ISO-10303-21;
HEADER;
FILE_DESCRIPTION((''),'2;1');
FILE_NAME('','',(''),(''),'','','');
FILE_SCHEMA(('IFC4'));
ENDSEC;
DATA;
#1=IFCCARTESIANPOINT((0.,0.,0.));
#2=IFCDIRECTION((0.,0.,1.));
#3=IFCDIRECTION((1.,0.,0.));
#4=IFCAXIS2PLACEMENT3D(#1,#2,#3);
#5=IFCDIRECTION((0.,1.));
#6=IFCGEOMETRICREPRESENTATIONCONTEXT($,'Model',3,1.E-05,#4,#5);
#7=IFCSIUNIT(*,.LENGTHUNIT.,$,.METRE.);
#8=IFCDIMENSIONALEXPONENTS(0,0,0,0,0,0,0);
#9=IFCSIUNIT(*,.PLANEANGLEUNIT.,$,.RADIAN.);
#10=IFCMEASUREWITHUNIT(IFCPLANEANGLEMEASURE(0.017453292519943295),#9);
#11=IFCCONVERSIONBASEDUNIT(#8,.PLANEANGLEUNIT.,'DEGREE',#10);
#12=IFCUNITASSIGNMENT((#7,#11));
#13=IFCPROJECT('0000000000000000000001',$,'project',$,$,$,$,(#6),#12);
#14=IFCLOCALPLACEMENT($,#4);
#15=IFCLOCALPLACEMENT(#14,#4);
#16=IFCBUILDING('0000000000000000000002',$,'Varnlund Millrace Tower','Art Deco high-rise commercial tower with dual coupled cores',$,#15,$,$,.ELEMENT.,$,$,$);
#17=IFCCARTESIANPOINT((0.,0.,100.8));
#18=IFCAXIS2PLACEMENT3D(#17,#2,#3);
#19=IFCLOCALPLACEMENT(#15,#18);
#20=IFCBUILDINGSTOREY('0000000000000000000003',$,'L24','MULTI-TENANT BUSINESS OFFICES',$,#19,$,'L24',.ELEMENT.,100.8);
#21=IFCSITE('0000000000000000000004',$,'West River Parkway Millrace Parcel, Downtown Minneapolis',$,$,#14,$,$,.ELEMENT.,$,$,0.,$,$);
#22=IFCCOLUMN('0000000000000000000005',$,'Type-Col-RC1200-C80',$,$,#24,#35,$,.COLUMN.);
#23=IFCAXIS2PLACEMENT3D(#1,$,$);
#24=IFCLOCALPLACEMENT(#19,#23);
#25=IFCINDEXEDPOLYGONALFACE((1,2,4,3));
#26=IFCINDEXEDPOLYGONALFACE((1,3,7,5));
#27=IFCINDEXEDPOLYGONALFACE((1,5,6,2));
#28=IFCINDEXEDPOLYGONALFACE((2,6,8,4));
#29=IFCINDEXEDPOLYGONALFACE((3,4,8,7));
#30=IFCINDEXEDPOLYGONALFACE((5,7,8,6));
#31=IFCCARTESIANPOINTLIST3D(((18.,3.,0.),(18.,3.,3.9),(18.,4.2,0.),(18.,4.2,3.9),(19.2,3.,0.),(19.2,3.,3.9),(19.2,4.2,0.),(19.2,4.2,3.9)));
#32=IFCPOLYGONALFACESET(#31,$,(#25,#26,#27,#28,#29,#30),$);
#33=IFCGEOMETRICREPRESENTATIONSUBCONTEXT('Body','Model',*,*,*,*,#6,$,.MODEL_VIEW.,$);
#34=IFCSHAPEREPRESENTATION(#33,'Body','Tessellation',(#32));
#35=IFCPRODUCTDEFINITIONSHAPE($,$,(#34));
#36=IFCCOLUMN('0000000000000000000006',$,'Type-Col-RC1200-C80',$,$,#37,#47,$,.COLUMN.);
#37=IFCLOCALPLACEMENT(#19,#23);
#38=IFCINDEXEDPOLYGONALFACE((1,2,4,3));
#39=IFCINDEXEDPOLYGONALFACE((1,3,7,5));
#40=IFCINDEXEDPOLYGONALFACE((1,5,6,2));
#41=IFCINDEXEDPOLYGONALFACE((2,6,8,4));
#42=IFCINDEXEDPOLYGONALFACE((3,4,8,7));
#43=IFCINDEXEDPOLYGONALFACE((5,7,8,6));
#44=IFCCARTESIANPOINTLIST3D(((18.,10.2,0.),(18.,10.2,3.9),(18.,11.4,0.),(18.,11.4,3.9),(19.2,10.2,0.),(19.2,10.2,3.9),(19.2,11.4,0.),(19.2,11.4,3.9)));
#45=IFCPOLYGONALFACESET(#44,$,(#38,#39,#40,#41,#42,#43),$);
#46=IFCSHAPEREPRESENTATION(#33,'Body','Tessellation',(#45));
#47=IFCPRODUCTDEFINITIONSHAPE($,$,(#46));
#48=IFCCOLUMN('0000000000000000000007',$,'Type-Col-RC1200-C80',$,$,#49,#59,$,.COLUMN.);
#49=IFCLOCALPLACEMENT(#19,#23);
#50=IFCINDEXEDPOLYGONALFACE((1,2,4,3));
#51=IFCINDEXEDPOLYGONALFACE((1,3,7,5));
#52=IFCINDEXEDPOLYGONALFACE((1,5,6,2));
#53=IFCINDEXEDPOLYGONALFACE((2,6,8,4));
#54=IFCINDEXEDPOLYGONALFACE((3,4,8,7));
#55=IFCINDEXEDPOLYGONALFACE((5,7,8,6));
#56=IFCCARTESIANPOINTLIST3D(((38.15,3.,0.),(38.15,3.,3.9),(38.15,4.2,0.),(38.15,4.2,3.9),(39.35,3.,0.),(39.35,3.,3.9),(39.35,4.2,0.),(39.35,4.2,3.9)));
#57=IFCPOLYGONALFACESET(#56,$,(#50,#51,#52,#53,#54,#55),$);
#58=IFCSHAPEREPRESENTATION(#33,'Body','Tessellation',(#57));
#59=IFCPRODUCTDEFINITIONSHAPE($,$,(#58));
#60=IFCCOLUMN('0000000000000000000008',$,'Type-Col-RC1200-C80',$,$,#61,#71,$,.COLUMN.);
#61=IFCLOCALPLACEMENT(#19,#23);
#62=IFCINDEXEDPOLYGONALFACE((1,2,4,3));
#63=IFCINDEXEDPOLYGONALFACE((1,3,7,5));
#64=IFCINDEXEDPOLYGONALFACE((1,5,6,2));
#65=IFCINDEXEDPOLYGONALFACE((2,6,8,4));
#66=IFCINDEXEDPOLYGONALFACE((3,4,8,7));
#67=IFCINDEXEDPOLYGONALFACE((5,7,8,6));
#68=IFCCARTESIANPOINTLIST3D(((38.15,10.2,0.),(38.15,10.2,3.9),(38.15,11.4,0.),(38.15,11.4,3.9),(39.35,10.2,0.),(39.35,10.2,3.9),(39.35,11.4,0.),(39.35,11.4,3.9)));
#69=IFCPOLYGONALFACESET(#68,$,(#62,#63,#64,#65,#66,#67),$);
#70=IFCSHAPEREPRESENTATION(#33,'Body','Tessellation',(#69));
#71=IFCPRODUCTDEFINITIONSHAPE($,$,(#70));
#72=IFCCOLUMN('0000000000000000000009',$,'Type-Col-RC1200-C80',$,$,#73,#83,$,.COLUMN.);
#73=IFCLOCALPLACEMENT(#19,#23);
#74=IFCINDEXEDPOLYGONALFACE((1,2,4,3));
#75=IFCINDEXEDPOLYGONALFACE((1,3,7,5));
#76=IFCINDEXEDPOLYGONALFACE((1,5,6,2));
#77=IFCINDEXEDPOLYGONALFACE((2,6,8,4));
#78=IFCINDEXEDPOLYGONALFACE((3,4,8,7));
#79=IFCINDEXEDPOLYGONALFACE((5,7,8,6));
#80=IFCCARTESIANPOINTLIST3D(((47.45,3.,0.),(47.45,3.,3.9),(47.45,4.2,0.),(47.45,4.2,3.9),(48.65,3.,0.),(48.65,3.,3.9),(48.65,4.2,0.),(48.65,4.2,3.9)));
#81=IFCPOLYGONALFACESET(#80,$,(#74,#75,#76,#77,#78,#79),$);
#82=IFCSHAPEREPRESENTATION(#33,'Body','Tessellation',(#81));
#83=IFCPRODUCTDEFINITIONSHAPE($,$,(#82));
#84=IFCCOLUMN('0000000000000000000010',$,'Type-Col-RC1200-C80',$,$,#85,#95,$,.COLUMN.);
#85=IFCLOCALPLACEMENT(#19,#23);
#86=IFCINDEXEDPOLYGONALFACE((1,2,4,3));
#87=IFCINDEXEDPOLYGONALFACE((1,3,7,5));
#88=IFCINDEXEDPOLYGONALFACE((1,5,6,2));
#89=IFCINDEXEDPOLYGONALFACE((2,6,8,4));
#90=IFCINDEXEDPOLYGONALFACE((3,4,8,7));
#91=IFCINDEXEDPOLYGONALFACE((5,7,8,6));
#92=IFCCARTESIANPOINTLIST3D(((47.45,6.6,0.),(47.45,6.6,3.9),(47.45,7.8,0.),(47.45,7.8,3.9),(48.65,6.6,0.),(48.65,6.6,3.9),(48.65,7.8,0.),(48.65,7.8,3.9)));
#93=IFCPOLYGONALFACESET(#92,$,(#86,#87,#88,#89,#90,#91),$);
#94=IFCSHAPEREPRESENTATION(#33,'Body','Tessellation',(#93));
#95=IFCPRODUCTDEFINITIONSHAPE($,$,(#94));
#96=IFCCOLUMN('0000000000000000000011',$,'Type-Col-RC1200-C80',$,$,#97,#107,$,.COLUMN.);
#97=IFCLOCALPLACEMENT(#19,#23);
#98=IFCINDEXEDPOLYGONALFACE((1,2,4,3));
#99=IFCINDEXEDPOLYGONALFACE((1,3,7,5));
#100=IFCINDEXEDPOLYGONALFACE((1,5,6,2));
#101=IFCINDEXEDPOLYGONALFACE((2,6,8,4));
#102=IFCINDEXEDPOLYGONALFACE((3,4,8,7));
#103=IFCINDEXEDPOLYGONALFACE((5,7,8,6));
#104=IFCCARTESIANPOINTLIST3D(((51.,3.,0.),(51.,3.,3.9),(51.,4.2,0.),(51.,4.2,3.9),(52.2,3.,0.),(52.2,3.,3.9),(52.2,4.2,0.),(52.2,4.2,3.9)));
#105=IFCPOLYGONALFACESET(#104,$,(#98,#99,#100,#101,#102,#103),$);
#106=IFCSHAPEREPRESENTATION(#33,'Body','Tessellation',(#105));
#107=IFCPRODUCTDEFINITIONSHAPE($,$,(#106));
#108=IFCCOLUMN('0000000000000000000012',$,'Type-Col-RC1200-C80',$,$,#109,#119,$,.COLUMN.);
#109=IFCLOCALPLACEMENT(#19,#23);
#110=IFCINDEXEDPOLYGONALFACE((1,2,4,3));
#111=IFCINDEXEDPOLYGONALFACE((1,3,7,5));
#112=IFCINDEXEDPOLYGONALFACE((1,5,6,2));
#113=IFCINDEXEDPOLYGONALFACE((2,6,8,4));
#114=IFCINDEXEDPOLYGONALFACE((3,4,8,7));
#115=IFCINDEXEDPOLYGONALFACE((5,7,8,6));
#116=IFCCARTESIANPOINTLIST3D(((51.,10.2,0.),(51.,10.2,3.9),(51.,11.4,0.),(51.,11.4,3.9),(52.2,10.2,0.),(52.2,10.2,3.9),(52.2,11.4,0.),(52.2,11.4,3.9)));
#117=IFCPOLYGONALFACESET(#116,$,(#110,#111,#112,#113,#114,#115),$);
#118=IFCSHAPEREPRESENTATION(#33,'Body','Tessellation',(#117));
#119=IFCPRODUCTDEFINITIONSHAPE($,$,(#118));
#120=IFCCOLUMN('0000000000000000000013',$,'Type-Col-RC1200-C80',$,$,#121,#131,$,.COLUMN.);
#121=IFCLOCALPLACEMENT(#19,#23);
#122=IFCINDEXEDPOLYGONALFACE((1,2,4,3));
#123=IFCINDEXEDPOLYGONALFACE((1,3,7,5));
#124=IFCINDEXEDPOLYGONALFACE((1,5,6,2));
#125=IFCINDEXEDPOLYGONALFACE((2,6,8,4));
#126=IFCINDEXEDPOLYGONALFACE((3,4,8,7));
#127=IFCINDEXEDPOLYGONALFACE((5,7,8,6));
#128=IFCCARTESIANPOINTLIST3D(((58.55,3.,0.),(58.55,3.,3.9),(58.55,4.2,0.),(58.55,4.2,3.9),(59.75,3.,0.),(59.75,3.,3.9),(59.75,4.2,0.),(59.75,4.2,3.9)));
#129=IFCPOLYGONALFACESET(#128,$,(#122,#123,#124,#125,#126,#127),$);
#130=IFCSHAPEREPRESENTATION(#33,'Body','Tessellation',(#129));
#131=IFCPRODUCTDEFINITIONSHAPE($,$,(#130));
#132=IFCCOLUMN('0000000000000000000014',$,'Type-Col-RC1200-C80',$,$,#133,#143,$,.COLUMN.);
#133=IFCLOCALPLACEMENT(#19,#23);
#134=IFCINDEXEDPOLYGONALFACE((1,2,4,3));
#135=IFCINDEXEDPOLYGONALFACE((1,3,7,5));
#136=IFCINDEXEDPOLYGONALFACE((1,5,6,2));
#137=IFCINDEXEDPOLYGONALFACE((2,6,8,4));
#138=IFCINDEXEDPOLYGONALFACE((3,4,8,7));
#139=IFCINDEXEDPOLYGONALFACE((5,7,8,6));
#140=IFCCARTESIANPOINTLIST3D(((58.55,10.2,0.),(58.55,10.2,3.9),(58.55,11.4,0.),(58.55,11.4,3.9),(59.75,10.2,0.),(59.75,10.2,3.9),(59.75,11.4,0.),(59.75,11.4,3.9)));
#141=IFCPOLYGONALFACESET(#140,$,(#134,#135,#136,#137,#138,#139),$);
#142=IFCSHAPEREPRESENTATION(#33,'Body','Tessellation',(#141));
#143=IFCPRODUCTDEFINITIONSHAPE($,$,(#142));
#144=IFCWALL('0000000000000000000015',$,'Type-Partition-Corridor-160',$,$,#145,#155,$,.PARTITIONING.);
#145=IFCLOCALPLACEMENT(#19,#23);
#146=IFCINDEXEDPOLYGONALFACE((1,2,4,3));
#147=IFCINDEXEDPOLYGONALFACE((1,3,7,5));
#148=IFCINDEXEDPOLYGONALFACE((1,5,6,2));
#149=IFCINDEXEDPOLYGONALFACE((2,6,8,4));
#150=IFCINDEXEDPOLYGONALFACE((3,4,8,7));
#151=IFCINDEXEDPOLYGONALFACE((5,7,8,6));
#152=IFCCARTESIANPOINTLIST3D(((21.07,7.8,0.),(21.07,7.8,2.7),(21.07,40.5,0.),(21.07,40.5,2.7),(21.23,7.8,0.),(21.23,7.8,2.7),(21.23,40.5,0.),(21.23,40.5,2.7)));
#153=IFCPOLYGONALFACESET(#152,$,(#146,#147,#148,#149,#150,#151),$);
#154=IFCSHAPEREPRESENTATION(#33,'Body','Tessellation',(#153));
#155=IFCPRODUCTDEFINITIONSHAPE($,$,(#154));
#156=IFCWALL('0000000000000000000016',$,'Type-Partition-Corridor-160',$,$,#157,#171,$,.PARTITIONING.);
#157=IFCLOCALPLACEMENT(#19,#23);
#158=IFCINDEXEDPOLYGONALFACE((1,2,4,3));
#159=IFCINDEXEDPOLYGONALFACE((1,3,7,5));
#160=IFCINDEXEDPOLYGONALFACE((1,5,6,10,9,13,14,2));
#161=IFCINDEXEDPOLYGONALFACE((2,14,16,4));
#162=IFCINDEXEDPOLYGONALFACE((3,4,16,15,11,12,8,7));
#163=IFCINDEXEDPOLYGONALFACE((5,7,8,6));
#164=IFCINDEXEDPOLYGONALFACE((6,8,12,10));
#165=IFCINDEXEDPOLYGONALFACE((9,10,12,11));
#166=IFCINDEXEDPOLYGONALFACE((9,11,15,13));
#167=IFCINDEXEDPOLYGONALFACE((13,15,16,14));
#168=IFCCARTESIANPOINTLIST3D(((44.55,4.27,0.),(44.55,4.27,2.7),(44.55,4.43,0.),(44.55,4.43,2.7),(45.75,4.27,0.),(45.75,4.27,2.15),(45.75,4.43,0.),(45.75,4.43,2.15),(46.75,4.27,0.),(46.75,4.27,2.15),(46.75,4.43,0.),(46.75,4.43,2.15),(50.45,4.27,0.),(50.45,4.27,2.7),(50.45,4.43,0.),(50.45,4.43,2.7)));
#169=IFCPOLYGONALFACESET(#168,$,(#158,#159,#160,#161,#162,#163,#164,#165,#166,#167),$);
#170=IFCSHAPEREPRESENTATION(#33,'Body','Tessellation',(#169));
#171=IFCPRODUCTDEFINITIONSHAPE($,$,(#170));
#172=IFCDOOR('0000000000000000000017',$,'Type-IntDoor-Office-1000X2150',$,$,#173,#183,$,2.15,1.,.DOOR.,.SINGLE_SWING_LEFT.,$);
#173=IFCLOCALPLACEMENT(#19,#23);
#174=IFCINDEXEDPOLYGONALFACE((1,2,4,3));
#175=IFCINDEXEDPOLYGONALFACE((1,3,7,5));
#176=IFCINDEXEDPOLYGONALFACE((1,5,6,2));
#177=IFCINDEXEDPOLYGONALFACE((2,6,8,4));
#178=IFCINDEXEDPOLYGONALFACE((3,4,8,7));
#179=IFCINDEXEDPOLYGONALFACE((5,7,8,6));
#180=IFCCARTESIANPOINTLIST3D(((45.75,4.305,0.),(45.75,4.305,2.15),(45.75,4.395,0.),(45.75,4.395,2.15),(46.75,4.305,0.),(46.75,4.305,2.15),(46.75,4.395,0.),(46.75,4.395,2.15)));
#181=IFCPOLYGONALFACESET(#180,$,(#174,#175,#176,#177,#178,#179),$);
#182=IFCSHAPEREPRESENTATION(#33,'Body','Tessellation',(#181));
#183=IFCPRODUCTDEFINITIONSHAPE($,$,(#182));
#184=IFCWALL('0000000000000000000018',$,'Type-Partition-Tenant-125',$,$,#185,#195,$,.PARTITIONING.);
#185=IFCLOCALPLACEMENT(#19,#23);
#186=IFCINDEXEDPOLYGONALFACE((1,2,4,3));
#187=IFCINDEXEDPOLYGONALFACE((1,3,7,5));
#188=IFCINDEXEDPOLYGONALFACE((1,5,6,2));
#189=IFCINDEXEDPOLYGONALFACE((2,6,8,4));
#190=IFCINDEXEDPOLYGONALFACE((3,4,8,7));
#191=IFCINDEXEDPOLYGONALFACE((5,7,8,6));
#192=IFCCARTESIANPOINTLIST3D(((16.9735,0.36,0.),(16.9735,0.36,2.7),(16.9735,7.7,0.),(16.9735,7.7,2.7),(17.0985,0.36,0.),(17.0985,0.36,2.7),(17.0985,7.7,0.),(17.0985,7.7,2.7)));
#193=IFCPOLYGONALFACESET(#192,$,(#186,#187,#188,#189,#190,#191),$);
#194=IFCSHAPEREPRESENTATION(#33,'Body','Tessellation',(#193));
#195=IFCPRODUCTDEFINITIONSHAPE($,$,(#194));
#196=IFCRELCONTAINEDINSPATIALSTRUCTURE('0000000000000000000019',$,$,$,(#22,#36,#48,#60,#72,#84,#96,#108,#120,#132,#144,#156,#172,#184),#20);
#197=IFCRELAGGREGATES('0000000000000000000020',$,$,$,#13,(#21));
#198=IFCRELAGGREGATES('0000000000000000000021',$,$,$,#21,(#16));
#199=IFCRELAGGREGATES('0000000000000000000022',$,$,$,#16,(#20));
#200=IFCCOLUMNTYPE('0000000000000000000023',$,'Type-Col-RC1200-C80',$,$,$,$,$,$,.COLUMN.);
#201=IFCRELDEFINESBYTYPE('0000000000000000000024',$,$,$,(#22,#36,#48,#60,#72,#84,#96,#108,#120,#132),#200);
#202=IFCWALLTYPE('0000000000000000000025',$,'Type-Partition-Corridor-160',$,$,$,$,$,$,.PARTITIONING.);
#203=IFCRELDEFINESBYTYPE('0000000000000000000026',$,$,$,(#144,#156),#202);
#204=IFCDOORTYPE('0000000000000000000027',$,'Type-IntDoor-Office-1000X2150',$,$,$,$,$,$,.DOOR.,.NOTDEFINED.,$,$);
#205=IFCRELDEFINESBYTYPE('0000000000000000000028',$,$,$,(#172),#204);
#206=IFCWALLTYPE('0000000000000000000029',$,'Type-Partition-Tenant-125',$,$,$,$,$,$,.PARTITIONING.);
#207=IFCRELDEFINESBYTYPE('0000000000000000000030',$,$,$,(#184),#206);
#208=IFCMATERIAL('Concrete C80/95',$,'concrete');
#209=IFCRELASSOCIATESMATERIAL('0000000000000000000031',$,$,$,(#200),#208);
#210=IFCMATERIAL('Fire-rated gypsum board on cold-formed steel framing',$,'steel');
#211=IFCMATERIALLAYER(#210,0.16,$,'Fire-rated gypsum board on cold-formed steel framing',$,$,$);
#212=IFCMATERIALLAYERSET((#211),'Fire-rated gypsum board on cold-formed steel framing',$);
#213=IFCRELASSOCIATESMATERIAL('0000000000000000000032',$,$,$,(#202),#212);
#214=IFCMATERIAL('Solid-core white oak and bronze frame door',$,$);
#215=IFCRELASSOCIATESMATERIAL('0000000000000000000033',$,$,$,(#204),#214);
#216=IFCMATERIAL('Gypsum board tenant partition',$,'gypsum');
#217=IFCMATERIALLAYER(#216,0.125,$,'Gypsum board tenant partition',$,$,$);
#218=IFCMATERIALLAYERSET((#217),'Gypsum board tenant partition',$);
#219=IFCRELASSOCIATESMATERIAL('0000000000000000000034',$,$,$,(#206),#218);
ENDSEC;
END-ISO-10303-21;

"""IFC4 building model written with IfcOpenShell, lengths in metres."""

from ifc_helpers import new_model, entity, si_unit, converted_unit, direction, frame, origin_with_axes, origin_2d_with_axis, place, context, subcontext, project, spatial, polyline, rectangle, outline, extrude, material, layer, layer_set, material_profile, profile_set, type_object, element, fill, save


model = new_model("IFC4")

# Units and contexts
model_context = context("Model", 3, precision=1e-05, world=origin_with_axes(), true_north=direction((0.0, 1.0)))
body_context = subcontext(model_context, "Body", "Model", "MODEL_VIEW")
ifc_project = project(units=[si_unit("LENGTHUNIT", "METRE"), converted_unit("PLANEANGLEUNIT", "DEGREE", entity("IfcPlaneAngleMeasure", 0.017453292519943295), si_unit("PLANEANGLEUNIT", "RADIAN"), dimensions=[0, 0, 0, 0, 0, 0, 0])], contexts=[model_context])

# Site, building, storey
site_placement = place(None, origin_with_axes())
site = spatial("IfcSite", under=ifc_project, at=site_placement, Name="West River Parkway Millrace Parcel, Downtown Minneapolis", CompositionType="ELEMENT", RefElevation=0.0)
building_placement = place(site_placement, origin_with_axes())
building = spatial("IfcBuilding", under=site, at=building_placement, Name="Varnlund Millrace Tower", Description="Art Deco high-rise commercial tower with dual coupled cores", CompositionType="ELEMENT")
storey_placement = place(building_placement, frame((0.0, 0.0, 100.8), z_axis=(0.0, 0.0, 1.0), x_axis=(1.0, 0.0, 0.0)))
storey = spatial("IfcBuildingStorey", under=building, at=storey_placement, Name="L24", Description="MULTI-TENANT BUSINESS OFFICES", LongName="L24", CompositionType="ELEMENT", Elevation=100.8)

# Columns
ifc_material_1 = material(Name="Concrete C80/95", Category="concrete")
ifc_material_profile = material_profile(ifc_material_1, rectangle(XDim=1.2, YDim=1.2, at=origin_2d_with_axis()), Name="Concrete C80/95")
ifc_profile_set = profile_set([ifc_material_profile], Name="Concrete C80/95")
column_type = type_object("IfcColumnType", Name="Type-Col-RC1200-C80", PredefinedType="COLUMN", material=ifc_profile_set)
for number, where, z_axis, x_axis, name in (
    (1, (18.6, 3.6, 0.0), (0.0, 0.0, 1.0), (1.0, 0.0, 0.0), "Type-Col-RC1200-C80"),
    (2, (18.6, 10.8, 0.0), (0.0, 0.0, 1.0), (1.0, 0.0, 0.0), "Type-Col-RC1200-C80"),
    (3, (38.75, 3.6, 0.0), (0.0, 0.0, 1.0), (1.0, 0.0, 0.0), "Type-Col-RC1200-C80"),
    (4, (38.75, 10.8, 0.0), (0.0, 0.0, 1.0), (1.0, 0.0, 0.0), "Type-Col-RC1200-C80"),
    (5, (48.05, 3.6, 0.0), (0.0, 0.0, 1.0), (1.0, 0.0, 0.0), "Type-Col-RC1200-C80"),
    (6, (48.05, 7.2, 0.0), (0.0, 0.0, 1.0), (1.0, 0.0, 0.0), "Type-Col-RC1200-C80"),
    (7, (51.6, 3.6, 0.0), (0.0, 0.0, 1.0), (1.0, 0.0, 0.0), "Type-Col-RC1200-C80"),
    (8, (51.6, 10.8, 0.0), (0.0, 0.0, 1.0), (1.0, 0.0, 0.0), "Type-Col-RC1200-C80"),
    (9, (59.15, 3.6, 0.0), (0.0, 0.0, 1.0), (1.0, 0.0, 0.0), "Type-Col-RC1200-C80"),
    (10, (59.15, 10.8, 0.0), (0.0, 0.0, 1.0), (1.0, 0.0, 0.0), "Type-Col-RC1200-C80"),
):
    element("IfcColumn", number, at=place(storey_placement, frame(where, z_axis=z_axis, x_axis=x_axis)), inside=storey, type_object=column_type, Name=name, PredefinedType="COLUMN", context=body_context, shape_type="SweptSolid", body=[
        extrude(rectangle(XDim=1.2, YDim=1.2, at=origin_2d_with_axis()), origin_with_axes(), (0.0, 0.0, 1.0), 3.9),
    ])

# Wall
ifc_material_2 = material(Name="Fire-rated gypsum board on cold-formed steel framing", Category="steel")
ifc_layer_1 = layer(ifc_material_2, 0.16, Name="Fire-rated gypsum board on cold-formed steel framing")
ifc_layer_set_1 = layer_set([ifc_layer_1], Name="Fire-rated gypsum board on cold-formed steel framing")
wall_type_1 = type_object("IfcWallType", Name="Type-Partition-Corridor-160", PredefinedType="PARTITIONING", material=ifc_layer_set_1)
wall_1_placement = place(storey_placement, frame((21.15, 7.8, 0.0), z_axis=(0.0, 0.0, 1.0), x_axis=(0.0, 1.0, 0.0)))
element("IfcWall", 11, at=wall_1_placement, inside=storey, type_object=wall_type_1, Name="Type-Partition-Corridor-160", PredefinedType="PARTITIONING", context=body_context, shape_type="SweptSolid", body=[
    extrude(outline(polyline([(0.0, -0.08), (32.7, -0.08), (32.7, 0.08), (0.0, 0.08), (0.0, -0.08)])), origin_with_axes(), (0.0, 0.0, 1.0), 2.7),
])

# Shared definitions
ifc_material_3 = material(Name="Solid-core white oak and bronze frame door")
door_type = type_object("IfcDoorType", Name="Type-IntDoor-Office-1000X2150", OperationType="NOTDEFINED", PredefinedType="DOOR", material=ifc_material_3)

# Wall, opening, door
wall_2_placement = place(storey_placement, frame((44.55, 4.35, 0.0), z_axis=(0.0, 0.0, 1.0), x_axis=(1.0, 0.0, 0.0)))
wall_2 = element("IfcWall", 12, at=wall_2_placement, inside=storey, type_object=wall_type_1, Name="Type-Partition-Corridor-160", PredefinedType="PARTITIONING", context=body_context, shape_type="SweptSolid", body=[
    extrude(outline(polyline([(0.0, -0.08), (5.9, -0.08), (5.9, 0.08), (0.0, 0.08), (0.0, -0.08)])), origin_with_axes(), (0.0, 0.0, 1.0), 2.7),
])
opening_1_placement = place(wall_2_placement, frame((1.7, 0.0, 0.0), z_axis=(0.0, 0.0, 1.0), x_axis=(1.0, 0.0, 0.0)))
opening_1 = element("IfcOpeningElement", 13, at=opening_1_placement, cuts=wall_2, PredefinedType="OPENING", context=body_context, shape_type="SweptSolid", body=[
    extrude(rectangle(XDim=1.0, YDim=0.18, at=origin_2d_with_axis()), origin_with_axes(), (0.0, 0.0, 1.0), 2.15),
])
door_1_placement = place(wall_2_placement, frame((1.7, 0.0, 0.0), z_axis=(0.0, 0.0, 1.0), x_axis=(1.0, 0.0, 0.0)))
door_1 = element("IfcDoor", 14, at=door_1_placement, inside=storey, type_object=door_type, Name="Type-IntDoor-Office-1000X2150", OperationType="SINGLE_SWING_LEFT", OverallHeight=2.15, OverallWidth=1.0, PredefinedType="DOOR", context=body_context, shape_type="SweptSolid", body=[
    extrude(rectangle(XDim=1.0, YDim=0.09, at=origin_2d_with_axis()), origin_with_axes(), (0.0, 0.0, 1.0), 2.15),
])
fill(opening_1, door_1)

# Wall
ifc_material_4 = material(Name="Gypsum board tenant partition", Category="gypsum")
ifc_layer_2 = layer(ifc_material_4, 0.125, Name="Gypsum board tenant partition")
ifc_layer_set_2 = layer_set([ifc_layer_2], Name="Gypsum board tenant partition")
wall_type_2 = type_object("IfcWallType", Name="Type-Partition-Tenant-125", PredefinedType="PARTITIONING", material=ifc_layer_set_2)
wall_3_placement = place(storey_placement, frame((17.036, 0.36, 0.0), z_axis=(0.0, 0.0, 1.0), x_axis=(0.0, 1.0, 0.0)))
element("IfcWall", 15, at=wall_3_placement, inside=storey, type_object=wall_type_2, Name="Type-Partition-Tenant-125", PredefinedType="PARTITIONING", context=body_context, shape_type="SweptSolid", body=[
    extrude(outline(polyline([(0.0, -0.0625), (7.34, -0.0625), (7.34, 0.0625), (0.0, 0.0625), (0.0, -0.0625)])), origin_with_axes(), (0.0, 0.0, 1.0), 2.7),
])

save(model, "model.ifc")
